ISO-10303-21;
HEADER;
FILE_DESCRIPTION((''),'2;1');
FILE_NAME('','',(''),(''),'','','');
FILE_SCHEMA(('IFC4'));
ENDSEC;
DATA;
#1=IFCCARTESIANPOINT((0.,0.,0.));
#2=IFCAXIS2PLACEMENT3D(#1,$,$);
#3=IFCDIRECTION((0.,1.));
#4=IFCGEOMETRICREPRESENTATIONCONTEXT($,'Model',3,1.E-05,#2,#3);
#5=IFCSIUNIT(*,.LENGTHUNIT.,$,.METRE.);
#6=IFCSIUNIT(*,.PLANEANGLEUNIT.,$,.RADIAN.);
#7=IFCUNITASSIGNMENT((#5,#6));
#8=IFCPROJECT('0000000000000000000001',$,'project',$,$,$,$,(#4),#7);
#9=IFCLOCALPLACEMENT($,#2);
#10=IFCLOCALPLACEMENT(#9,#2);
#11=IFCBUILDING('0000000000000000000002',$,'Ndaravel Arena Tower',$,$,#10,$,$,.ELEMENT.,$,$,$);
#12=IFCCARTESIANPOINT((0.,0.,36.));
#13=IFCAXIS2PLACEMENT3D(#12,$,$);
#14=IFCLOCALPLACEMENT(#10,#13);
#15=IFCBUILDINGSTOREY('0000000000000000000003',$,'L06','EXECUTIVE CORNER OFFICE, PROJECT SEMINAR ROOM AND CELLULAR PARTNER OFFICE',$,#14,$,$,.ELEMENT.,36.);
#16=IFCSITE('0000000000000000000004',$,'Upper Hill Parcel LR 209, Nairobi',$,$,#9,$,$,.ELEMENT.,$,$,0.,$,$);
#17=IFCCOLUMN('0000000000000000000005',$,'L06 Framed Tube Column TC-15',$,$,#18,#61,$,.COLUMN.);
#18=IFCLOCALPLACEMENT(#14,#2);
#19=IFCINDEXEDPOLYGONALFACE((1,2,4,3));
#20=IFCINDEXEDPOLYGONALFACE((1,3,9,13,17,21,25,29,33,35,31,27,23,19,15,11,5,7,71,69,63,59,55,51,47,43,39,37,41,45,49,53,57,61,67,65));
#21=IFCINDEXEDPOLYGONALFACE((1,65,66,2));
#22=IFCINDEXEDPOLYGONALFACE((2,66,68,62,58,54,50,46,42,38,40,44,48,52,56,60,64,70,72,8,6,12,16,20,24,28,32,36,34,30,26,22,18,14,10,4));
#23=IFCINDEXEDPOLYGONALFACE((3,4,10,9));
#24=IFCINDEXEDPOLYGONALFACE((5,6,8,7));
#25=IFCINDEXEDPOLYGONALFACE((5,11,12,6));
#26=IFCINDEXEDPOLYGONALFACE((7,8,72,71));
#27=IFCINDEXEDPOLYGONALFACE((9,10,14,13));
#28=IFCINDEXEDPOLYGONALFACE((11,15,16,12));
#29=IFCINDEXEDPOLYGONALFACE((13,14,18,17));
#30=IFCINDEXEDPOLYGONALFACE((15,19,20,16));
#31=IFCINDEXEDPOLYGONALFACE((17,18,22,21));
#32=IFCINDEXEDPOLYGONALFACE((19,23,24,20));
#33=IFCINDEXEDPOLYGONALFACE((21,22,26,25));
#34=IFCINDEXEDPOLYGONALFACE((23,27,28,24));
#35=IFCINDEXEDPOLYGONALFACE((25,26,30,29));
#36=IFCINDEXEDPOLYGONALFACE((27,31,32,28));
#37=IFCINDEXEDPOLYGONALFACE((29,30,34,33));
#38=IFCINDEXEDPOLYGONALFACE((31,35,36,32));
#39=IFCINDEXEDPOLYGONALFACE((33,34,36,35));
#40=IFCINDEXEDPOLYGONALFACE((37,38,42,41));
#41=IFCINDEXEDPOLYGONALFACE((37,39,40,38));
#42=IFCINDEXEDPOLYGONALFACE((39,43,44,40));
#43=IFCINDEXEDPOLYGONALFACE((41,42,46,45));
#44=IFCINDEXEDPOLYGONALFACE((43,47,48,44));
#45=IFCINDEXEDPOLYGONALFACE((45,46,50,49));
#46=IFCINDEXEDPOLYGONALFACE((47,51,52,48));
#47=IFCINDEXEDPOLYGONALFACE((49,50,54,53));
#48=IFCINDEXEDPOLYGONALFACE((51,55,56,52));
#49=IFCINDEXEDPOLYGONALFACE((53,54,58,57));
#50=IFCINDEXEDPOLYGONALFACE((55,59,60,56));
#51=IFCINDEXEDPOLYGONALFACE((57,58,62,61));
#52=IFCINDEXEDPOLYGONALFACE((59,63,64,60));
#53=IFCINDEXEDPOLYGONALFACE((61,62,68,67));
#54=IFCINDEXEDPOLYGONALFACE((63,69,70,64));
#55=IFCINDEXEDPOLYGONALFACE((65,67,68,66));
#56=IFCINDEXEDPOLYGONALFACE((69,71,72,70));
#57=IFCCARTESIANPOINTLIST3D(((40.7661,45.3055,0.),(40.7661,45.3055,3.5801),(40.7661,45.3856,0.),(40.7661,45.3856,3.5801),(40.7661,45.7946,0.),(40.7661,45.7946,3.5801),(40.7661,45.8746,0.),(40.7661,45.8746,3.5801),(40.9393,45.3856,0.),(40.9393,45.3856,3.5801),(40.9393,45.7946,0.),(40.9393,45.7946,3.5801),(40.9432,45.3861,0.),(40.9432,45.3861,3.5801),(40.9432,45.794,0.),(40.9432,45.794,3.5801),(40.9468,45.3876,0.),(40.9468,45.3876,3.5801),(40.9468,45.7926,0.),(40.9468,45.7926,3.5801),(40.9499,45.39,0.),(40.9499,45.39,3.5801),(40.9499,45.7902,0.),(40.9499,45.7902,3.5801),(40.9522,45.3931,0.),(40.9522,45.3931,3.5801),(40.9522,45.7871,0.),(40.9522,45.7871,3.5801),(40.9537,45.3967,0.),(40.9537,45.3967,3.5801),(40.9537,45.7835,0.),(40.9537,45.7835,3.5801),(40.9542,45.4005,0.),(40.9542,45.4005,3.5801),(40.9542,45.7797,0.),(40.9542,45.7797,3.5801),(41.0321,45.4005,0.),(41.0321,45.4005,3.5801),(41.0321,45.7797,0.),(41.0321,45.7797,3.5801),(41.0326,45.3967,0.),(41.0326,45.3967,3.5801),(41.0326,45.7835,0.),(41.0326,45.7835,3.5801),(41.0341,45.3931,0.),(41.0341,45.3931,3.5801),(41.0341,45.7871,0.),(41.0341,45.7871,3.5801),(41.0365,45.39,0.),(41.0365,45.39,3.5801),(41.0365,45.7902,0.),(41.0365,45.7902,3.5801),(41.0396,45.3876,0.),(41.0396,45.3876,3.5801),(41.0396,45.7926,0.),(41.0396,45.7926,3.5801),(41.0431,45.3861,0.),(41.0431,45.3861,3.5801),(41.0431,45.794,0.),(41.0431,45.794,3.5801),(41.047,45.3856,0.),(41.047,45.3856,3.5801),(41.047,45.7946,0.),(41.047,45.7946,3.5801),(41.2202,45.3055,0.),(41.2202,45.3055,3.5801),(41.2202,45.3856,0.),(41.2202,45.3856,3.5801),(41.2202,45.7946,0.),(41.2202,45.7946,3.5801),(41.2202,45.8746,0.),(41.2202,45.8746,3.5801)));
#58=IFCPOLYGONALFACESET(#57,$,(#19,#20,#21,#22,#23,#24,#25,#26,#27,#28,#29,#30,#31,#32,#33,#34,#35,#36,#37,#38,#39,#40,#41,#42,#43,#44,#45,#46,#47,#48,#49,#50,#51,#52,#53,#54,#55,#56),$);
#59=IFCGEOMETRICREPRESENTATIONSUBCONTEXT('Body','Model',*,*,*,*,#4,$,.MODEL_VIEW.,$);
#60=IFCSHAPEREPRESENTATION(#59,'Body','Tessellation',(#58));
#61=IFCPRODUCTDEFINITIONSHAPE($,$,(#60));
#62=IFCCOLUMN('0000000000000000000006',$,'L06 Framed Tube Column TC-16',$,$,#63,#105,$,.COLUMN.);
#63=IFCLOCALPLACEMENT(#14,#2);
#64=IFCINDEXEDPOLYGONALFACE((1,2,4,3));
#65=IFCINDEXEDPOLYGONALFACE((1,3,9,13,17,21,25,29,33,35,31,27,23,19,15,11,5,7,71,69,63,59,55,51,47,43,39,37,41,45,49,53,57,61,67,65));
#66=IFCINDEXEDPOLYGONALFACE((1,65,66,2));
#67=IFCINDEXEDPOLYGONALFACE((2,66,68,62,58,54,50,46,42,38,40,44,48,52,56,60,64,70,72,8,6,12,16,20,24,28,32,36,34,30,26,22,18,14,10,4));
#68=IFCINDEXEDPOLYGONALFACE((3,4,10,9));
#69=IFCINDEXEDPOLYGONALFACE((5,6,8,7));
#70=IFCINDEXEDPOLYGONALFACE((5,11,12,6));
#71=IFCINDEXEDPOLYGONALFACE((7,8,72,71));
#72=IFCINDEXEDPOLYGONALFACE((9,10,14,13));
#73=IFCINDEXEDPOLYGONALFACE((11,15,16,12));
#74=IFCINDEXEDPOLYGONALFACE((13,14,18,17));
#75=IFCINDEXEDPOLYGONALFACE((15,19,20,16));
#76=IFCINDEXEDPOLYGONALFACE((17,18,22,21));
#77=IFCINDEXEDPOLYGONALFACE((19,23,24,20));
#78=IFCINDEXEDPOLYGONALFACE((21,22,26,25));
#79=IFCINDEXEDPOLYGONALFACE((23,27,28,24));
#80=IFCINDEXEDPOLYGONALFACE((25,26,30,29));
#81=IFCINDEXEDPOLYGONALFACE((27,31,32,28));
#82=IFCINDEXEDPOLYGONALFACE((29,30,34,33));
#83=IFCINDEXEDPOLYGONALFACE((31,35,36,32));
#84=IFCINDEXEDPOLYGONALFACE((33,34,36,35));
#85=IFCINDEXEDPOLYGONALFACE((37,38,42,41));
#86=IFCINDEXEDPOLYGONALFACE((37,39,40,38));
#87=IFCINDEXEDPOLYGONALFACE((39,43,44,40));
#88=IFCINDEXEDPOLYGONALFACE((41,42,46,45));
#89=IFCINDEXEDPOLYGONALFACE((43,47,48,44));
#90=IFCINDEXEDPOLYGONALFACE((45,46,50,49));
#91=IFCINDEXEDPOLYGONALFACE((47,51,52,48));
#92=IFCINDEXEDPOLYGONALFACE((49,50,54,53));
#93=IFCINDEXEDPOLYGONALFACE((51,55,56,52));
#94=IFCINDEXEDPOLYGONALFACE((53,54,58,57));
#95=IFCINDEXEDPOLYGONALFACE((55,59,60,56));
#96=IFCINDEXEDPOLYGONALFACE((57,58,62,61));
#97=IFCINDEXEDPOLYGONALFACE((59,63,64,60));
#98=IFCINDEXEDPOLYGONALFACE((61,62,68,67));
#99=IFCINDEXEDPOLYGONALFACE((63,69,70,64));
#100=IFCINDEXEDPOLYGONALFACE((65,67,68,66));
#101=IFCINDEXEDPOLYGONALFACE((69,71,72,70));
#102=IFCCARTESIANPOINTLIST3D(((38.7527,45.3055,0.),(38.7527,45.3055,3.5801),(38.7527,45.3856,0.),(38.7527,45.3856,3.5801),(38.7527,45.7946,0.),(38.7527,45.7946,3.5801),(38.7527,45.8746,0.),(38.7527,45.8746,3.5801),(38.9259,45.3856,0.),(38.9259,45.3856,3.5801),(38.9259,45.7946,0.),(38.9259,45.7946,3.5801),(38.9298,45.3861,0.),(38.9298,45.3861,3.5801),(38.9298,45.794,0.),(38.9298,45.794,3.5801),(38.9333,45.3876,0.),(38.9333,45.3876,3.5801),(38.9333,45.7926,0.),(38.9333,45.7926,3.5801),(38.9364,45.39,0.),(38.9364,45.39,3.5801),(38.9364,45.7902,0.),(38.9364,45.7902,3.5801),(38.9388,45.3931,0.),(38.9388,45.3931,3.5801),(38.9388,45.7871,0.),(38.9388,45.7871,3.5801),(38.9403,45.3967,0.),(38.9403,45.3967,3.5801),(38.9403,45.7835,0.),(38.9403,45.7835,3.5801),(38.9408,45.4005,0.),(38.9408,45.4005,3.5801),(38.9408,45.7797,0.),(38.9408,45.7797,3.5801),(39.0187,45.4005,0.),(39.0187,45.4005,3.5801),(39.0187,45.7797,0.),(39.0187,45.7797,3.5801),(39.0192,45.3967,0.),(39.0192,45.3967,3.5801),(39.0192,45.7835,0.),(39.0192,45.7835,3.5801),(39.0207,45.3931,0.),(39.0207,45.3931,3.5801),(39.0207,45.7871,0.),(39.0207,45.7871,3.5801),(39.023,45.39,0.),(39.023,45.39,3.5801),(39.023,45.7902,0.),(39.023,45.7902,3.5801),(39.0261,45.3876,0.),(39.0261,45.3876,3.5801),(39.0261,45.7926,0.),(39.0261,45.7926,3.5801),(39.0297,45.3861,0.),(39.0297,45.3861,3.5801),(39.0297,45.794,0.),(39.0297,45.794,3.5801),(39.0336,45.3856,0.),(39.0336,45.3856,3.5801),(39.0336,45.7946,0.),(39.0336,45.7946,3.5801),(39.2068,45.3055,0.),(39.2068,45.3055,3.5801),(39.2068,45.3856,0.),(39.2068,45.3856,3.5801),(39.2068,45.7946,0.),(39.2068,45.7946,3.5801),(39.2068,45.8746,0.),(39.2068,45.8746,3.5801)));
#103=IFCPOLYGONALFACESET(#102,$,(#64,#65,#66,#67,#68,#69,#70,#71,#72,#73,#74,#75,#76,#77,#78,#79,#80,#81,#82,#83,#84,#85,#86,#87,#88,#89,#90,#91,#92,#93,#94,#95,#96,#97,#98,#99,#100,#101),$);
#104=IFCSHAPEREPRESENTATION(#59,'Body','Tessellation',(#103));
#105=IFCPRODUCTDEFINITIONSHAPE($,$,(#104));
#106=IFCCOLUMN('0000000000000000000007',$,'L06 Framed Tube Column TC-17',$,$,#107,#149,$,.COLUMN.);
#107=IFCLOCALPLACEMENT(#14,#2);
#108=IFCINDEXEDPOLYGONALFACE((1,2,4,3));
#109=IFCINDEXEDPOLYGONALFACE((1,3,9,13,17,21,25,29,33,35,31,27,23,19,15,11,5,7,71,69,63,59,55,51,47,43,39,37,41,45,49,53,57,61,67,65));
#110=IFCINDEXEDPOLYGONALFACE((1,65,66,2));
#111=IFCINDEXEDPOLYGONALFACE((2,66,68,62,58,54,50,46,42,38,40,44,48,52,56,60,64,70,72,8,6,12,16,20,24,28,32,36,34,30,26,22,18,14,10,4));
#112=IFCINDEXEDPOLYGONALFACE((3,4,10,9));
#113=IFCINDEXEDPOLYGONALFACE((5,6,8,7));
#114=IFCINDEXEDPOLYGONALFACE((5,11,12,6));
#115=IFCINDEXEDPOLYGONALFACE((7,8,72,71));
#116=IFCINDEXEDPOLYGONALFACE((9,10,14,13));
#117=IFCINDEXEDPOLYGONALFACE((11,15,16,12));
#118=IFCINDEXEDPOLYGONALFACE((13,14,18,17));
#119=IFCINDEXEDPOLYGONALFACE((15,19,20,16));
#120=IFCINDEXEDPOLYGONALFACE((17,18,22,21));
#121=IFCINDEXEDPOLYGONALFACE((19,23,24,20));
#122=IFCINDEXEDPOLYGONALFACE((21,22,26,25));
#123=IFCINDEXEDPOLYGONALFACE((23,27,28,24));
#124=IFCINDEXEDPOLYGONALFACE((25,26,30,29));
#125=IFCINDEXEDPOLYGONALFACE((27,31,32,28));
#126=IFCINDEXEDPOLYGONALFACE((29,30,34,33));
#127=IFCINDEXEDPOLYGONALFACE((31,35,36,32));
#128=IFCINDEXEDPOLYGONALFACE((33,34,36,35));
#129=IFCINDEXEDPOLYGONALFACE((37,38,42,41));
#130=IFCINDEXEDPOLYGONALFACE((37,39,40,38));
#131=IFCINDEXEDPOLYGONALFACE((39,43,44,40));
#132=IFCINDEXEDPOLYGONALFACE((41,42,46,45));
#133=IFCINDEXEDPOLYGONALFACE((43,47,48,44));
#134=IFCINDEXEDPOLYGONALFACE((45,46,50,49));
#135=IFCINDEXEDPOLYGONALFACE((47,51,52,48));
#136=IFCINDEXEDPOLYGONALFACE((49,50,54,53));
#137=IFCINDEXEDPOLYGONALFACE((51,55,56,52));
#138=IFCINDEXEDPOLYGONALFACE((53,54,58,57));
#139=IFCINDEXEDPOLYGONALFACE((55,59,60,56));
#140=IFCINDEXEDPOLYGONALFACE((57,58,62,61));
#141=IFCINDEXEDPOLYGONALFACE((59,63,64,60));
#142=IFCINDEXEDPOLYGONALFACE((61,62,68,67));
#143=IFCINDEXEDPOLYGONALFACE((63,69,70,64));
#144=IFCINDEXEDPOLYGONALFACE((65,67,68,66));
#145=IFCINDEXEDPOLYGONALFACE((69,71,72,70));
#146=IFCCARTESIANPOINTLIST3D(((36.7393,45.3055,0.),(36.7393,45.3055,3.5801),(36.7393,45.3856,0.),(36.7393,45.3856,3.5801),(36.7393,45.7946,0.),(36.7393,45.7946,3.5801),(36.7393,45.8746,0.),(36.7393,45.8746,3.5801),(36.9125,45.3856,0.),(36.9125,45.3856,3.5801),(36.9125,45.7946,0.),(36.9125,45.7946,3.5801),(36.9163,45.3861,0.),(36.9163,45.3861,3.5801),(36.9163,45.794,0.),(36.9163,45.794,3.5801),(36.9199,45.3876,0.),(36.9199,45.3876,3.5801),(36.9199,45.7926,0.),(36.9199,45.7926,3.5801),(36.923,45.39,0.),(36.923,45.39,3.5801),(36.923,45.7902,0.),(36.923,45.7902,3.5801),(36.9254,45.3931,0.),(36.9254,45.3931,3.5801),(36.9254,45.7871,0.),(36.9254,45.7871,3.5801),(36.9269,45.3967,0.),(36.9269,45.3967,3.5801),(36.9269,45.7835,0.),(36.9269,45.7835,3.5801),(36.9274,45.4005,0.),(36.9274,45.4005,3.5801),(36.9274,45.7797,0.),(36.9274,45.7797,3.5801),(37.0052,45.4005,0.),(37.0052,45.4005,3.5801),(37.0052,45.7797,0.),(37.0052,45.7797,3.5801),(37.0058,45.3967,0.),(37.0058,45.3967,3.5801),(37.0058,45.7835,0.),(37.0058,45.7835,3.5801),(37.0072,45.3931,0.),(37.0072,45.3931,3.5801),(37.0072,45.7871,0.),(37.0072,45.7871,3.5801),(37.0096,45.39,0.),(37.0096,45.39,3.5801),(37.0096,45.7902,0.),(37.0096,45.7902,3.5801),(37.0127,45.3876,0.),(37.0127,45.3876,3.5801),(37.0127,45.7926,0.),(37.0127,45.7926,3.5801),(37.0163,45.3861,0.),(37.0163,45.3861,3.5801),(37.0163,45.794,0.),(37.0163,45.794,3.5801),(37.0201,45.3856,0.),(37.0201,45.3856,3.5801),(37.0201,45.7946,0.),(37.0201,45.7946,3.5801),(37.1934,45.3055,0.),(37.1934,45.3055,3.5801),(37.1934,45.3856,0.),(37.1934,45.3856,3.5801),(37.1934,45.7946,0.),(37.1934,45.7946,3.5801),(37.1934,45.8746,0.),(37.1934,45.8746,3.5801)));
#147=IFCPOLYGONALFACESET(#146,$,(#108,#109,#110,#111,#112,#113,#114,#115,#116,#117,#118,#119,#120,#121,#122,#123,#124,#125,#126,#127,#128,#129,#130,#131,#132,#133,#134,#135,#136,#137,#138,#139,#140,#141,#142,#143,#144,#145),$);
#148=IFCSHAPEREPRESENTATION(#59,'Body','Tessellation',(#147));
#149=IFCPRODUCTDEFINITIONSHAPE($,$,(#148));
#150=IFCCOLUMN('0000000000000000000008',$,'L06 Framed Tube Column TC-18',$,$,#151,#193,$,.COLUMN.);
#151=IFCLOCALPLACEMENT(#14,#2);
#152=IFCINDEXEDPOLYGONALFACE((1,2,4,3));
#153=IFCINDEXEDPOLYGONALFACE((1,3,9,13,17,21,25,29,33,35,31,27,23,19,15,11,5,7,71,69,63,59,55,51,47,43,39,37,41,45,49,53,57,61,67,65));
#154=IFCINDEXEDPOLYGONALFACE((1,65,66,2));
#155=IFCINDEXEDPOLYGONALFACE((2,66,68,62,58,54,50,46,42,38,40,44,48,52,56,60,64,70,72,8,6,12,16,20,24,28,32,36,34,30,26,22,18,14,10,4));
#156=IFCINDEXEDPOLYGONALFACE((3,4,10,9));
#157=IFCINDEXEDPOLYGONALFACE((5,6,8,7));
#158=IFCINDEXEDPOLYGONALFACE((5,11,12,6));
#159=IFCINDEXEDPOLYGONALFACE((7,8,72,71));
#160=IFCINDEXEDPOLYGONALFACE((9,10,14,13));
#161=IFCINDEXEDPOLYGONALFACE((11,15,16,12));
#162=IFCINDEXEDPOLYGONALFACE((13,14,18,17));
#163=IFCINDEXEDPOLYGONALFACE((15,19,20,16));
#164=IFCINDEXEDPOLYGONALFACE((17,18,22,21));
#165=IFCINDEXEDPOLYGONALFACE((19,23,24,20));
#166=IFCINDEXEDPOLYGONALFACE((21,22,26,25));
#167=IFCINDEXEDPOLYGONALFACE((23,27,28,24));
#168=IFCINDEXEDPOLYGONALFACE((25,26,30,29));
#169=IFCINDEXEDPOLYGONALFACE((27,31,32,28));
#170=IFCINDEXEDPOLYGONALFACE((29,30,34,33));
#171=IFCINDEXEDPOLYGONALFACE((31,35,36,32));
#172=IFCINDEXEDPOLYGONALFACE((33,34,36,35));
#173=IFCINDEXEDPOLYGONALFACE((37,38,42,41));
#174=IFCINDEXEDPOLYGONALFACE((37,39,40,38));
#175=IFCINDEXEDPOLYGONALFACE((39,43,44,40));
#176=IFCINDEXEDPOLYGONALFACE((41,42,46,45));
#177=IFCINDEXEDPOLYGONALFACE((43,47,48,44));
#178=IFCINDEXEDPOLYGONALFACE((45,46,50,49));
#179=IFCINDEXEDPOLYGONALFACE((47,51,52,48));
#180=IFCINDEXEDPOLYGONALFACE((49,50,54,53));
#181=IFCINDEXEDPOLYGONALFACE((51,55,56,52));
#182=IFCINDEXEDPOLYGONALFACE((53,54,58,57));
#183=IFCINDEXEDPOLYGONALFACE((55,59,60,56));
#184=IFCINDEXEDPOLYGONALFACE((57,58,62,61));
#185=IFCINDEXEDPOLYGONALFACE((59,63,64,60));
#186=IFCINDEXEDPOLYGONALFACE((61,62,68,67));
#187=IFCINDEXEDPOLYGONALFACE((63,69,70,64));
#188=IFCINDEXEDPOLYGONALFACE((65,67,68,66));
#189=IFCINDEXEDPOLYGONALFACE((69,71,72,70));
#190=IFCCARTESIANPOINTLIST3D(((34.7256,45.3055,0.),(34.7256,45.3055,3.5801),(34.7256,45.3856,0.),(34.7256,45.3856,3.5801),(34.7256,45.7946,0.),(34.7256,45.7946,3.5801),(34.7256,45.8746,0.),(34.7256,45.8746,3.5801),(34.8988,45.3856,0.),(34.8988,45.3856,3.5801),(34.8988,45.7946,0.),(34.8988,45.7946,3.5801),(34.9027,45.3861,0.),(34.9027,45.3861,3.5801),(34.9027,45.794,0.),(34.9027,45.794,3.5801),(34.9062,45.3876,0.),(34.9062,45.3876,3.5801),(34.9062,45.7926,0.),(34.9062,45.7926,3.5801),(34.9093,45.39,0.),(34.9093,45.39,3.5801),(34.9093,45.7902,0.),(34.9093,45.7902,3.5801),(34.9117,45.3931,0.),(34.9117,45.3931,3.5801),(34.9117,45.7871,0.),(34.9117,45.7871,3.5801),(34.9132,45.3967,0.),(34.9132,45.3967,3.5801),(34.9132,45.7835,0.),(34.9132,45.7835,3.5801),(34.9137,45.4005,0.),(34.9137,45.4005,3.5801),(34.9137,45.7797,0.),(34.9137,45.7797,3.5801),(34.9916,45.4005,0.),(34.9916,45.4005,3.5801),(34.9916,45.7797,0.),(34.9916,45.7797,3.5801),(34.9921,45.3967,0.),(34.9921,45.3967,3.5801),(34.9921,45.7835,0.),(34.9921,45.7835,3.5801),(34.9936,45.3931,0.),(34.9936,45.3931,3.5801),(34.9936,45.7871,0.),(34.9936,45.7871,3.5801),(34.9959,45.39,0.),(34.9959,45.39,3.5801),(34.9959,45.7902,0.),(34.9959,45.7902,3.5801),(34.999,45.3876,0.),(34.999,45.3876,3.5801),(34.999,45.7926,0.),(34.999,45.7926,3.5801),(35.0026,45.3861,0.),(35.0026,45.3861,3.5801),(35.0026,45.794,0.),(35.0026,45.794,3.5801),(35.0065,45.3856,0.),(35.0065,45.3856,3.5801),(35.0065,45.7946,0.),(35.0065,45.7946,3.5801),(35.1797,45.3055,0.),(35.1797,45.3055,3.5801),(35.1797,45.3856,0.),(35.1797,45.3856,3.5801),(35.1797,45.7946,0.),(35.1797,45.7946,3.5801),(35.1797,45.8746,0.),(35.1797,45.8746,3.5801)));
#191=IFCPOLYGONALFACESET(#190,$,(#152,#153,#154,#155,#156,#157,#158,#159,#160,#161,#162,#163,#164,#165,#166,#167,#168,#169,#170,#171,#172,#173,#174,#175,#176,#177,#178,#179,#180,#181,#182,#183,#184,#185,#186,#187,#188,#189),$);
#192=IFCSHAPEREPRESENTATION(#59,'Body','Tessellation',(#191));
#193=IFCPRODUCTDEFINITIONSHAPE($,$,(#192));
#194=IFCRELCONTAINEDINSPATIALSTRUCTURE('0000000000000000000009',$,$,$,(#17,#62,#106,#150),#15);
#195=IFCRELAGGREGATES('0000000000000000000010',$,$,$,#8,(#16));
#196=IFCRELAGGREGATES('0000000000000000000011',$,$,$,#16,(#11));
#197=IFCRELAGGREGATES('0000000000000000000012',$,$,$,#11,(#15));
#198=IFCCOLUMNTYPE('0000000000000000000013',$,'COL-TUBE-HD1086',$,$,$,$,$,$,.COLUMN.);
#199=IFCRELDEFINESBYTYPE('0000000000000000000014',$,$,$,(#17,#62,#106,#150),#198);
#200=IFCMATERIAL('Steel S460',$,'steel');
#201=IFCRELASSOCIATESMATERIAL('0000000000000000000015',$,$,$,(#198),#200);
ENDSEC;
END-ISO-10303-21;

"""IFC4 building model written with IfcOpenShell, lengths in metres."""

from ifc_helpers import new_model, si_unit, direction, frame, origin, origin_2d, place, context, subcontext, project, spatial, i_section, extrude, material, material_profile, profile_set, type_object, element, save


model = new_model("IFC4")

# Units and contexts
model_context = context("Model", 3, precision=1e-05, world=origin(), true_north=direction((0.0, 1.0)))
body_context = subcontext(model_context, "Body", "Model", "MODEL_VIEW")
ifc_project = project(units=[si_unit("LENGTHUNIT", "METRE"), si_unit("PLANEANGLEUNIT", "RADIAN")], contexts=[model_context])

# Site, building, storey
site_placement = place(None, origin())
site = spatial("IfcSite", under=ifc_project, at=site_placement, Name="Upper Hill Parcel LR 209, Nairobi", CompositionType="ELEMENT", RefElevation=0.0)
building_placement = place(site_placement, origin())
building = spatial("IfcBuilding", under=site, at=building_placement, Name="Ndaravel Arena Tower", CompositionType="ELEMENT")
storey_placement = place(building_placement, frame((0.0, 0.0, 36.0)))
storey = spatial("IfcBuildingStorey", under=building, at=storey_placement, Name="L06", Description="EXECUTIVE CORNER OFFICE, PROJECT SEMINAR ROOM AND CELLULAR PARTNER OFFICE", CompositionType="ELEMENT", Elevation=36.0)

# Columns
ifc_material_1 = material(Name="Steel S460", Category="steel")
ifc_material_profile_1 = material_profile(ifc_material_1, i_section(OverallWidth=0.4541, OverallDepth=0.5691, WebThickness=0.0779, FlangeThickness=0.0801, FilletRadius=0.0149, at=origin_2d()), Name="HD 400x1086")
ifc_profile_set_1 = profile_set([ifc_material_profile_1], Name="Steel S460")
column_type = type_object("IfcColumnType", Name="COL-TUBE-HD1086", PredefinedType="COLUMN", material=ifc_profile_set_1)
for number, where, z_axis, x_axis, name in (
    (1, (40.9932, 45.5901, 0.0), (0.0, 0.0, 1.0), (1.0, 0.0, 0.0), "L06 Framed Tube Column TC-15"),
    (2, (38.9797, 45.5901, 0.0), (0.0, 0.0, 1.0), (1.0, 0.0, 0.0), "L06 Framed Tube Column TC-16"),
    (3, (36.9663, 45.5901, 0.0), (0.0, 0.0, 1.0), (1.0, 0.0, 0.0), "L06 Framed Tube Column TC-17"),
    (4, (34.9526, 45.5901, 0.0), (0.0, 0.0, 1.0), (1.0, 0.0, 0.0), "L06 Framed Tube Column TC-18"),
):
    element("IfcColumn", number, at=place(storey_placement, frame(where, z_axis=z_axis, x_axis=x_axis)), inside=storey, type_object=column_type, Name=name, PredefinedType="COLUMN", context=body_context, shape_type="SweptSolid", body=[
        extrude(i_section(OverallWidth=0.4541, OverallDepth=0.5691, WebThickness=0.0779, FlangeThickness=0.0801, FilletRadius=0.0149, at=origin_2d()), origin(), (0.0, 0.0, 1.0), 3.5801),
    ])

save(model, "model.ifc")
